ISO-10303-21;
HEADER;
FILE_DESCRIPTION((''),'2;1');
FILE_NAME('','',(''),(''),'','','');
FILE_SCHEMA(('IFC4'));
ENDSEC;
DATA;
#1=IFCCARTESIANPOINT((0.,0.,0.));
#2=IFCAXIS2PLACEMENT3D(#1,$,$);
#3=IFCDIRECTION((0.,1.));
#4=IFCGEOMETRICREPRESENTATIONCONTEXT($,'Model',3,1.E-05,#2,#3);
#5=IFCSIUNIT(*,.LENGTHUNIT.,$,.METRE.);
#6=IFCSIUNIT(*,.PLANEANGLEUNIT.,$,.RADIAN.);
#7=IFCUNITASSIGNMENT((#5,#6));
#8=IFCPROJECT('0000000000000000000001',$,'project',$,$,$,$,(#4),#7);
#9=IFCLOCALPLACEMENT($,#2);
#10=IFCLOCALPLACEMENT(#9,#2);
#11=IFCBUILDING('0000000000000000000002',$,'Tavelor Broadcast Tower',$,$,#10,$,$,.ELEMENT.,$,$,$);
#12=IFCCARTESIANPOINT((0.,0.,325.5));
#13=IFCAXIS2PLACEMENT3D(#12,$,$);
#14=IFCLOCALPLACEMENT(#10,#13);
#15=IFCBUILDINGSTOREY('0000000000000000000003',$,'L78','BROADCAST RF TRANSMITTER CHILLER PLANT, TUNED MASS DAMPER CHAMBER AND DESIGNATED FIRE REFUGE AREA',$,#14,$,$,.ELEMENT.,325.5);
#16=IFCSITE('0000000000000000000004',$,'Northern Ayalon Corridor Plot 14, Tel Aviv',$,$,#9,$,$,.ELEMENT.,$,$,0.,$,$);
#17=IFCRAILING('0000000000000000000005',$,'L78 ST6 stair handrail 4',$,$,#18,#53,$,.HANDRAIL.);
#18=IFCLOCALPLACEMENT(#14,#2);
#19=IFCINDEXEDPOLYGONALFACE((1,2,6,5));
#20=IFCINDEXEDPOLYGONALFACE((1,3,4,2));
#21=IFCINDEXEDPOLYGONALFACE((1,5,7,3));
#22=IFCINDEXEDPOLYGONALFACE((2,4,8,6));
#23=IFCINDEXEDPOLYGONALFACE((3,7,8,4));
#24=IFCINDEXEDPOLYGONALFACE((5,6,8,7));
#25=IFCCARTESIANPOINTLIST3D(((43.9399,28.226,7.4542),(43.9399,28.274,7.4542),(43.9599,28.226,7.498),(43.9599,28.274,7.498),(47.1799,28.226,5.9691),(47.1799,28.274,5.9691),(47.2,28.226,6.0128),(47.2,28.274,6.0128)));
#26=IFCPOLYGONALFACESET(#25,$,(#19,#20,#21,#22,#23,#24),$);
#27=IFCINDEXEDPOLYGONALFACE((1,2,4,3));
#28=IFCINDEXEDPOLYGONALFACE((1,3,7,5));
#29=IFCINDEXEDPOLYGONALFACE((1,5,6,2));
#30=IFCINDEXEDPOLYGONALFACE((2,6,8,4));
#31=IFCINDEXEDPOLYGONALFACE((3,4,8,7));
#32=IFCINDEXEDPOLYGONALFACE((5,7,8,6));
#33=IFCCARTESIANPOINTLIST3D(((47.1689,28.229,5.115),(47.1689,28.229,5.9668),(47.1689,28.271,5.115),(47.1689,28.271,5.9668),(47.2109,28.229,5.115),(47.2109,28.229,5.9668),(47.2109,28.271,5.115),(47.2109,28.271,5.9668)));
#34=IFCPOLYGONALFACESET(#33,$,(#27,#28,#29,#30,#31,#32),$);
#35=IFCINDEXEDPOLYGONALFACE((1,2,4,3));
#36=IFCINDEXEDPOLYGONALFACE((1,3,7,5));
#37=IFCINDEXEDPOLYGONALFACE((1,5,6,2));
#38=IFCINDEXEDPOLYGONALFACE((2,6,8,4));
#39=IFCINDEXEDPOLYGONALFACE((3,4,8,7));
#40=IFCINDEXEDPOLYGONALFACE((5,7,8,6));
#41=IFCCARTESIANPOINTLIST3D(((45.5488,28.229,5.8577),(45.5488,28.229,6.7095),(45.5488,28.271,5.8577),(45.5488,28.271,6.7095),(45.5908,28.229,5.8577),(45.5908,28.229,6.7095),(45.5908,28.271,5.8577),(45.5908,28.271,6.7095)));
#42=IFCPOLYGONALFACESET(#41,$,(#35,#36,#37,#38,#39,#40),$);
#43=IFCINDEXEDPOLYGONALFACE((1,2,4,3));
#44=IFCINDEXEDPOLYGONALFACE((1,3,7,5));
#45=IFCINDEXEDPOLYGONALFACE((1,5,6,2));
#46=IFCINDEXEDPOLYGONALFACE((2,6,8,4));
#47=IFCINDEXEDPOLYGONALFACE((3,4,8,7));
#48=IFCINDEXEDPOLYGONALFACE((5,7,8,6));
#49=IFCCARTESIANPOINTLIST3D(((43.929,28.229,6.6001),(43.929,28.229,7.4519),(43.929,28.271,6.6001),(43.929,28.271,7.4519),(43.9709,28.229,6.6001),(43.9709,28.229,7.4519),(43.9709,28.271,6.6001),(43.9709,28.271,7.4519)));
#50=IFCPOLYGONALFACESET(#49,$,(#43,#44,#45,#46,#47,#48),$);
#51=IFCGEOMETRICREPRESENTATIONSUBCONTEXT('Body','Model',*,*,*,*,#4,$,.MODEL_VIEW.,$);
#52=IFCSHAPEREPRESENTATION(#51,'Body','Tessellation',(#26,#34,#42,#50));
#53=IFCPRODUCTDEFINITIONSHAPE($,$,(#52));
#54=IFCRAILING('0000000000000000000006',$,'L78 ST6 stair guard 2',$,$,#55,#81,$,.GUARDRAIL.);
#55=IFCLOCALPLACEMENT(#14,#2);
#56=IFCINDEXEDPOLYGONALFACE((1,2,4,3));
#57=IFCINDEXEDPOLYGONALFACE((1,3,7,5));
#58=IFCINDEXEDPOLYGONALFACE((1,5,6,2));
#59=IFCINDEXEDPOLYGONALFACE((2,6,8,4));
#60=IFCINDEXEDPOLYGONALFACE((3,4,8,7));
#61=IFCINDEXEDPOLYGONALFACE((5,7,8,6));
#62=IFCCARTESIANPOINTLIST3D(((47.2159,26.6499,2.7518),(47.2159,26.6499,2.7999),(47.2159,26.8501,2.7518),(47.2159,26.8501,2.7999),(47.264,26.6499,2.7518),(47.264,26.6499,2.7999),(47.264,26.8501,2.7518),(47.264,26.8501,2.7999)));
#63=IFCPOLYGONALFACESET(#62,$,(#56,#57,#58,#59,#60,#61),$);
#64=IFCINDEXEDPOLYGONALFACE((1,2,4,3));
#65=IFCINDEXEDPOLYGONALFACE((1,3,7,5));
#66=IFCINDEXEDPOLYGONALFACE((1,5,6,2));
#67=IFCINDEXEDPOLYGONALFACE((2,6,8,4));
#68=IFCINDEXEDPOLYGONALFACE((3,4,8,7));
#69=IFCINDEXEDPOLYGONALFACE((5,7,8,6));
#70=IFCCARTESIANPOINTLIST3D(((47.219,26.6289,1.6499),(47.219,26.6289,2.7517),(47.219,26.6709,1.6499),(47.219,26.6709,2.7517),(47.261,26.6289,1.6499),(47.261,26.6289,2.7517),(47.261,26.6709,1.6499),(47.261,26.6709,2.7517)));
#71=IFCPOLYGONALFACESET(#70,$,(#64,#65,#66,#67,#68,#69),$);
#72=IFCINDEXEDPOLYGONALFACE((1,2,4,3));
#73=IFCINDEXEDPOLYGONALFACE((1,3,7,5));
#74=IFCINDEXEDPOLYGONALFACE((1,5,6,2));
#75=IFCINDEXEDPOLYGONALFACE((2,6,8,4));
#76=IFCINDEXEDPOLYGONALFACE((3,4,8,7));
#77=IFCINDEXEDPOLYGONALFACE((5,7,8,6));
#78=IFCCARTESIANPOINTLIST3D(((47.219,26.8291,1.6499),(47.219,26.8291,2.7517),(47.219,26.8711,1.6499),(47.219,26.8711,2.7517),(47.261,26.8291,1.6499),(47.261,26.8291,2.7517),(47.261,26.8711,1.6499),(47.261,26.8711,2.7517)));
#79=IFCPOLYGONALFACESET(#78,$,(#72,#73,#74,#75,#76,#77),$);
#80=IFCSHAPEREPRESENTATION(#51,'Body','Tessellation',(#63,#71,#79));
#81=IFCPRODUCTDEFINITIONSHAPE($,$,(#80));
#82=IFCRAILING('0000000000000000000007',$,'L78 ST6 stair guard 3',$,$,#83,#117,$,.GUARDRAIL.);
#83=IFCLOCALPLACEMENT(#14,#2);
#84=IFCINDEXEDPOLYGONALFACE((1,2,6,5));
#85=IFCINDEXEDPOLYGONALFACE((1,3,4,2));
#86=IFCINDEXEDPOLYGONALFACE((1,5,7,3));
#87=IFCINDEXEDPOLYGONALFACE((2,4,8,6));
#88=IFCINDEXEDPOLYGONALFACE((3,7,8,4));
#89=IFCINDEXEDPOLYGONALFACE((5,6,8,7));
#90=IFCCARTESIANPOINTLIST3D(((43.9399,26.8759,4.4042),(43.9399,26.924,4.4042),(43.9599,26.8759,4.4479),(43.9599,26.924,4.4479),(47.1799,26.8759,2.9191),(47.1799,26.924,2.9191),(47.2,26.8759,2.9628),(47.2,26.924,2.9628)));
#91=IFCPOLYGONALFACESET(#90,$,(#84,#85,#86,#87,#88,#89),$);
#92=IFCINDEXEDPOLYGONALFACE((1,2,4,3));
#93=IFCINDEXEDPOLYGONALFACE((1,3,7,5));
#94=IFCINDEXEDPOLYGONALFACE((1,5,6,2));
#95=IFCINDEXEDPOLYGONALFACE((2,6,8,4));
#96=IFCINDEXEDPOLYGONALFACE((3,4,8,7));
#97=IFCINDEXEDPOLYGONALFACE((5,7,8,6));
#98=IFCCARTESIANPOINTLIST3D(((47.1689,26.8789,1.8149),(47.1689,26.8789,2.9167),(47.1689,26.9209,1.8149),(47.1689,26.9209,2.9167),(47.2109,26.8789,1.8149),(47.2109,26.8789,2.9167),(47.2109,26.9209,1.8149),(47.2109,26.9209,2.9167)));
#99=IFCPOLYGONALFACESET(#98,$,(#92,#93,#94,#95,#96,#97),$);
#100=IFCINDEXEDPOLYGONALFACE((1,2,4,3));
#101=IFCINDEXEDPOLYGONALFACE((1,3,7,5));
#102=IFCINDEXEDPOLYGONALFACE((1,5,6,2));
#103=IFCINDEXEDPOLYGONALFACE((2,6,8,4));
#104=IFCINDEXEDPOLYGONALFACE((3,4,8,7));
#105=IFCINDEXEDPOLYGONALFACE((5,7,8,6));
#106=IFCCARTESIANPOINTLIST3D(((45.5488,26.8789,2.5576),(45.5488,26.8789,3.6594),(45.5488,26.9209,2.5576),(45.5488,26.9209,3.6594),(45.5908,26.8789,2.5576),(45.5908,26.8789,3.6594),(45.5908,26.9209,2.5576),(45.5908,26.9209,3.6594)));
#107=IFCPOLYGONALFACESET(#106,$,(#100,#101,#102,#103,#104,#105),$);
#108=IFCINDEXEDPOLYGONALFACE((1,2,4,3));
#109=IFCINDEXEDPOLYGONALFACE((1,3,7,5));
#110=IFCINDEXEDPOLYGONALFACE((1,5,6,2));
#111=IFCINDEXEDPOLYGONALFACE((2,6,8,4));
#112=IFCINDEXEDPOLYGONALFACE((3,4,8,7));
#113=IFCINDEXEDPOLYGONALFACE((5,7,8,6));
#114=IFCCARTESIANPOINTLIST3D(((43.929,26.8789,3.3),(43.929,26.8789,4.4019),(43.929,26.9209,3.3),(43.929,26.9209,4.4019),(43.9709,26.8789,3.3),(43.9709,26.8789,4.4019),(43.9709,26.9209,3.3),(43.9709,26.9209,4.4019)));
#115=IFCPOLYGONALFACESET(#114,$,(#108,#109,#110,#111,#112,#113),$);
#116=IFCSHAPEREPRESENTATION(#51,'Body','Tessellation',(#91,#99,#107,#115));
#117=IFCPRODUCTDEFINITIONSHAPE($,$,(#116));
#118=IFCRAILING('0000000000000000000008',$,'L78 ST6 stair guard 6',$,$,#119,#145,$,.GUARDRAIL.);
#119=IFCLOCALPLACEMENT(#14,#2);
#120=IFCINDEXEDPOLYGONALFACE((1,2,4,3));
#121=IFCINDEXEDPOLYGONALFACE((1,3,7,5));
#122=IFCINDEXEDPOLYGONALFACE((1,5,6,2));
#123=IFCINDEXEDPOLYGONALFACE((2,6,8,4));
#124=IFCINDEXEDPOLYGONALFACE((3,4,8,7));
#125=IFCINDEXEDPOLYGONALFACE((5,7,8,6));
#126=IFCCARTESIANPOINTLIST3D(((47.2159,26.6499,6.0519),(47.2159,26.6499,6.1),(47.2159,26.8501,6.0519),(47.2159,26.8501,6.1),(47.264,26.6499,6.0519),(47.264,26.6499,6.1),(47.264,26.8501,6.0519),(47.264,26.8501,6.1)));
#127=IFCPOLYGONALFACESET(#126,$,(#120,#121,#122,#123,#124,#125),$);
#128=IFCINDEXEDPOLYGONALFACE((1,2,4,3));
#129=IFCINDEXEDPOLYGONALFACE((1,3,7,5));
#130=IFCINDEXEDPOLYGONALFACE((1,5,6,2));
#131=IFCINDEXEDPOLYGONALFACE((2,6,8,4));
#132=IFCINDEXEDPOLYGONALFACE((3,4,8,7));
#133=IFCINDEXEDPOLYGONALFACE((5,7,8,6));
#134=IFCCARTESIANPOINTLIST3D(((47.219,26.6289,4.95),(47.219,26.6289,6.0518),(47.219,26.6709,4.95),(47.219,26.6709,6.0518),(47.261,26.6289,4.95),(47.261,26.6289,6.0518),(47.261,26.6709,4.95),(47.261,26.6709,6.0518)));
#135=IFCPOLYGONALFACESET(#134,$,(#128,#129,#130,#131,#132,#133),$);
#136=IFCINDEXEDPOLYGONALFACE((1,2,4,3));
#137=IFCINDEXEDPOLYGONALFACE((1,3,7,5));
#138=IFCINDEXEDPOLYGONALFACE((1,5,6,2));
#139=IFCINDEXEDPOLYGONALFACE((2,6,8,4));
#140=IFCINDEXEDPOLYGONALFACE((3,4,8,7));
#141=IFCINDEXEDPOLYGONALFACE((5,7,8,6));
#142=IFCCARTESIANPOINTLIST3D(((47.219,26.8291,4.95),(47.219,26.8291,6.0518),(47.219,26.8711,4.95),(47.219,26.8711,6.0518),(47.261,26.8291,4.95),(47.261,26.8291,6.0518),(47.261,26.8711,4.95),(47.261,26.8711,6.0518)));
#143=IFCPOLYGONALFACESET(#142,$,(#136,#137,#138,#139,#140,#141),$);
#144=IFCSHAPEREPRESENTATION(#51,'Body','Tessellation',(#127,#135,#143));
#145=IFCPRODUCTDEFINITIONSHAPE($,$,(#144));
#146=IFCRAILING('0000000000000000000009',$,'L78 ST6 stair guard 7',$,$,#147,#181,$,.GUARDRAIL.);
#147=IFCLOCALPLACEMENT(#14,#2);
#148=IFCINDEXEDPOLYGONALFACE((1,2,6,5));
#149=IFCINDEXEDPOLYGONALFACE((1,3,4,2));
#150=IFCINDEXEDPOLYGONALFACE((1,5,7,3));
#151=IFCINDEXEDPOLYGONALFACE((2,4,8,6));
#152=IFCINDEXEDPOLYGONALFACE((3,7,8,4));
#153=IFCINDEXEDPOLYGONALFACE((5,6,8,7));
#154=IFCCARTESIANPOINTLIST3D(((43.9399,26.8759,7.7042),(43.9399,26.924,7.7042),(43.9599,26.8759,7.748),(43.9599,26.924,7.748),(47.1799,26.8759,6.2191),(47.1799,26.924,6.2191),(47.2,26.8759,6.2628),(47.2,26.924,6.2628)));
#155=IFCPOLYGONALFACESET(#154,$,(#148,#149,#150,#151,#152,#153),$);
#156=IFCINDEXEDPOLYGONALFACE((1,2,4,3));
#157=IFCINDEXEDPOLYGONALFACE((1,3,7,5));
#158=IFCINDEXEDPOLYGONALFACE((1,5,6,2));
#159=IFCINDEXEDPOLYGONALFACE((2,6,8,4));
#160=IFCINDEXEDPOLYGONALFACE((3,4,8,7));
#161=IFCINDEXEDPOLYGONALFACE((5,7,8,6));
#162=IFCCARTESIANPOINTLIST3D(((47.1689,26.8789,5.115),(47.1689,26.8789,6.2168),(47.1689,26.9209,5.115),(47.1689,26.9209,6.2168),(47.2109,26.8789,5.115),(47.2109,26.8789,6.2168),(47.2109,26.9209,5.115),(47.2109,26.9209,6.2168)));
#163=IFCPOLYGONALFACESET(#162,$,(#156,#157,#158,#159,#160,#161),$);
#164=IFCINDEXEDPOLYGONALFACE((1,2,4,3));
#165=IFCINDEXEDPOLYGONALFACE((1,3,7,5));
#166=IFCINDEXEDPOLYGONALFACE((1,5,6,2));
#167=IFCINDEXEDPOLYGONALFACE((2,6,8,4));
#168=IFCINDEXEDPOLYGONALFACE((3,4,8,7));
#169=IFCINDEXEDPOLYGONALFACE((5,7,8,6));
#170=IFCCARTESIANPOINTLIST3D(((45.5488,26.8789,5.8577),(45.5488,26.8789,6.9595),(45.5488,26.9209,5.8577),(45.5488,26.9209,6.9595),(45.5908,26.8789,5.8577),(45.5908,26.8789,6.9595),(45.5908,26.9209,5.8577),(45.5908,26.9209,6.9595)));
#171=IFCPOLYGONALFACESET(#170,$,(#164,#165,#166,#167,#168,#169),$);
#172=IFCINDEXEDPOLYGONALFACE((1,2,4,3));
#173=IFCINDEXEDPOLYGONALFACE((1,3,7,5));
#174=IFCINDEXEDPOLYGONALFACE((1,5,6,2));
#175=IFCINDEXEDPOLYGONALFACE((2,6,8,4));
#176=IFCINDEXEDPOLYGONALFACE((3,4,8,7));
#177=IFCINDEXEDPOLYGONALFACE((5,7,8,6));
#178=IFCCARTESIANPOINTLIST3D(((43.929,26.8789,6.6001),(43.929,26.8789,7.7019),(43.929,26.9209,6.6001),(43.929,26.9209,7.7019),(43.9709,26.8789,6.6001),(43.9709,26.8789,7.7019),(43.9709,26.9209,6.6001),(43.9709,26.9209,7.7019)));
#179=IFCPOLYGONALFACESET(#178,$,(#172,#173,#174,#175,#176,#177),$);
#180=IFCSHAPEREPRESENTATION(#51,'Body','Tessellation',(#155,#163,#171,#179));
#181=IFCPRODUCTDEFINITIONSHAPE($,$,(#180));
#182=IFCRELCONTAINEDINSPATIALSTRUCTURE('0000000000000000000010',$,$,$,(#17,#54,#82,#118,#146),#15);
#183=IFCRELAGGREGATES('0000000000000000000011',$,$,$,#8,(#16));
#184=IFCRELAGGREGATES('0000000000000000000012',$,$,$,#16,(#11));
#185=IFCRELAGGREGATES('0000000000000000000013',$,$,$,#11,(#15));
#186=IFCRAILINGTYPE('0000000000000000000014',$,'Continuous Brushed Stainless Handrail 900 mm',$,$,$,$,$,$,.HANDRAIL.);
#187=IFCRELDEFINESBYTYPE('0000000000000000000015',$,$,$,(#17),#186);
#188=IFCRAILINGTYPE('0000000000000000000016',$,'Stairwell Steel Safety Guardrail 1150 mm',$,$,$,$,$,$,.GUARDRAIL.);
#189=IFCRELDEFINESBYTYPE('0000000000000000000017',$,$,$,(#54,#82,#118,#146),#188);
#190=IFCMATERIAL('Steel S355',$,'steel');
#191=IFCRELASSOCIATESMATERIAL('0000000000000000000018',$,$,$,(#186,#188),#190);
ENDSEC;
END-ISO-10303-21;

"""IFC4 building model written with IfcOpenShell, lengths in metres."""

from ifc_helpers import new_model, si_unit, direction, frame, origin, origin_2d, place, context, subcontext, project, spatial, rectangle, extrude, material, type_object, element, save


model = new_model("IFC4")

# Units and contexts
model_context = context("Model", 3, precision=1e-05, world=origin(), true_north=direction((0.0, 1.0)))
body_context = subcontext(model_context, "Body", "Model", "MODEL_VIEW")
ifc_project = project(units=[si_unit("LENGTHUNIT", "METRE"), si_unit("PLANEANGLEUNIT", "RADIAN")], contexts=[model_context])

# Site, building, storey
site_placement = place(None, origin())
site = spatial("IfcSite", under=ifc_project, at=site_placement, Name="Northern Ayalon Corridor Plot 14, Tel Aviv", CompositionType="ELEMENT", RefElevation=0.0)
building_placement = place(site_placement, origin())
building = spatial("IfcBuilding", under=site, at=building_placement, Name="Tavelor Broadcast Tower", CompositionType="ELEMENT")
storey_placement = place(building_placement, frame((0.0, 0.0, 325.5)))
storey = spatial("IfcBuildingStorey", under=building, at=storey_placement, Name="L78", Description="BROADCAST RF TRANSMITTER CHILLER PLANT, TUNED MASS DAMPER CHAMBER AND DESIGNATED FIRE REFUGE AREA", CompositionType="ELEMENT", Elevation=325.5)

# Shared definitions
ifc_material_1 = material(Name="Steel S355", Category="steel")

# Railings
railing_type_1 = type_object("IfcRailingType", Name="Continuous Brushed Stainless Handrail 900 mm", PredefinedType="HANDRAIL", material=ifc_material_1)
for number, where, name in (
    (1, (47.1899, 28.25, 5.115), "L78 ST6 stair handrail 4"),
):
    element("IfcRailing", number, at=place(storey_placement, frame(where)), inside=storey, type_object=railing_type_1, Name=name, PredefinedType="HANDRAIL", context=body_context, shape_type="SweptSolid", body=[
        extrude(rectangle(XDim=0.0481, YDim=0.0481, at=origin_2d()), frame((0.0, 0.0, 0.876), z_axis=(-0.909053, 0.0, 0.416681), x_axis=(0.0, -1.0, 0.0)), (0.0, 0.0, 1.0), 3.5642),
        extrude(rectangle(XDim=0.042, YDim=0.042, at=origin_2d()), origin(), (0.0, 0.0, 1.0), 0.8518),
        extrude(rectangle(XDim=0.042, YDim=0.042, at=origin_2d()), frame((-1.6201, 0.0, 0.7427)), (0.0, 0.0, 1.0), 0.8518),
        extrude(rectangle(XDim=0.042, YDim=0.042, at=origin_2d()), frame((-3.24, 0.0, 1.4851)), (0.0, 0.0, 1.0), 0.8518),
    ])
railing_type_2 = type_object("IfcRailingType", Name="Stairwell Steel Safety Guardrail 1150 mm", PredefinedType="GUARDRAIL", material=ifc_material_1)
railing_1_placement = place(storey_placement, frame((47.24, 26.6499, 1.6499)))
element("IfcRailing", 2, at=railing_1_placement, inside=storey, type_object=railing_type_2, Name="L78 ST6 stair guard 2", PredefinedType="GUARDRAIL", context=body_context, shape_type="SweptSolid", body=[
    extrude(rectangle(XDim=0.0481, YDim=0.0481, at=origin_2d()), frame((0.0, 0.0, 1.126), z_axis=(0.0, 1.0, 0.0), x_axis=(-1.0, 0.0, 0.0)), (0.0, 0.0, 1.0), 0.2002),
    extrude(rectangle(XDim=0.042, YDim=0.042, at=origin_2d()), origin(), (0.0, 0.0, 1.0), 1.1018),
    extrude(rectangle(XDim=0.042, YDim=0.042, at=origin_2d()), frame((0.0, 0.2002, 0.0)), (0.0, 0.0, 1.0), 1.1018),
])
railing_2_placement = place(storey_placement, frame((47.1899, 26.8999, 1.8149)))
element("IfcRailing", 3, at=railing_2_placement, inside=storey, type_object=railing_type_2, Name="L78 ST6 stair guard 3", PredefinedType="GUARDRAIL", context=body_context, shape_type="SweptSolid", body=[
    extrude(rectangle(XDim=0.0481, YDim=0.0481, at=origin_2d()), frame((0.0, 0.0, 1.126), z_axis=(-0.909053, 0.0, 0.416681), x_axis=(0.0, -1.0, 0.0)), (0.0, 0.0, 1.0), 3.5642),
    extrude(rectangle(XDim=0.042, YDim=0.042, at=origin_2d()), origin(), (0.0, 0.0, 1.0), 1.1018),
    extrude(rectangle(XDim=0.042, YDim=0.042, at=origin_2d()), frame((-1.6201, 0.0, 0.7427)), (0.0, 0.0, 1.0), 1.1018),
    extrude(rectangle(XDim=0.042, YDim=0.042, at=origin_2d()), frame((-3.24, 0.0, 1.4851)), (0.0, 0.0, 1.0), 1.1018),
])
railing_3_placement = place(storey_placement, frame((47.24, 26.6499, 4.95)))
element("IfcRailing", 4, at=railing_3_placement, inside=storey, type_object=railing_type_2, Name="L78 ST6 stair guard 6", PredefinedType="GUARDRAIL", context=body_context, shape_type="SweptSolid", body=[
    extrude(rectangle(XDim=0.0481, YDim=0.0481, at=origin_2d()), frame((0.0, 0.0, 1.126), z_axis=(0.0, 1.0, 0.0), x_axis=(-1.0, 0.0, 0.0)), (0.0, 0.0, 1.0), 0.2002),
    extrude(rectangle(XDim=0.042, YDim=0.042, at=origin_2d()), origin(), (0.0, 0.0, 1.0), 1.1018),
    extrude(rectangle(XDim=0.042, YDim=0.042, at=origin_2d()), frame((0.0, 0.2002, 0.0)), (0.0, 0.0, 1.0), 1.1018),
])
railing_4_placement = place(storey_placement, frame((47.1899, 26.8999, 5.115)))
element("IfcRailing", 5, at=railing_4_placement, inside=storey, type_object=railing_type_2, Name="L78 ST6 stair guard 7", PredefinedType="GUARDRAIL", context=body_context, shape_type="SweptSolid", body=[
    extrude(rectangle(XDim=0.0481, YDim=0.0481, at=origin_2d()), frame((0.0, 0.0, 1.126), z_axis=(-0.909053, 0.0, 0.416681), x_axis=(0.0, -1.0, 0.0)), (0.0, 0.0, 1.0), 3.5642),
    extrude(rectangle(XDim=0.042, YDim=0.042, at=origin_2d()), origin(), (0.0, 0.0, 1.0), 1.1018),
    extrude(rectangle(XDim=0.042, YDim=0.042, at=origin_2d()), frame((-1.6201, 0.0, 0.7427)), (0.0, 0.0, 1.0), 1.1018),
    extrude(rectangle(XDim=0.042, YDim=0.042, at=origin_2d()), frame((-3.24, 0.0, 1.4851)), (0.0, 0.0, 1.0), 1.1018),
])

save(model, "model.ifc")
